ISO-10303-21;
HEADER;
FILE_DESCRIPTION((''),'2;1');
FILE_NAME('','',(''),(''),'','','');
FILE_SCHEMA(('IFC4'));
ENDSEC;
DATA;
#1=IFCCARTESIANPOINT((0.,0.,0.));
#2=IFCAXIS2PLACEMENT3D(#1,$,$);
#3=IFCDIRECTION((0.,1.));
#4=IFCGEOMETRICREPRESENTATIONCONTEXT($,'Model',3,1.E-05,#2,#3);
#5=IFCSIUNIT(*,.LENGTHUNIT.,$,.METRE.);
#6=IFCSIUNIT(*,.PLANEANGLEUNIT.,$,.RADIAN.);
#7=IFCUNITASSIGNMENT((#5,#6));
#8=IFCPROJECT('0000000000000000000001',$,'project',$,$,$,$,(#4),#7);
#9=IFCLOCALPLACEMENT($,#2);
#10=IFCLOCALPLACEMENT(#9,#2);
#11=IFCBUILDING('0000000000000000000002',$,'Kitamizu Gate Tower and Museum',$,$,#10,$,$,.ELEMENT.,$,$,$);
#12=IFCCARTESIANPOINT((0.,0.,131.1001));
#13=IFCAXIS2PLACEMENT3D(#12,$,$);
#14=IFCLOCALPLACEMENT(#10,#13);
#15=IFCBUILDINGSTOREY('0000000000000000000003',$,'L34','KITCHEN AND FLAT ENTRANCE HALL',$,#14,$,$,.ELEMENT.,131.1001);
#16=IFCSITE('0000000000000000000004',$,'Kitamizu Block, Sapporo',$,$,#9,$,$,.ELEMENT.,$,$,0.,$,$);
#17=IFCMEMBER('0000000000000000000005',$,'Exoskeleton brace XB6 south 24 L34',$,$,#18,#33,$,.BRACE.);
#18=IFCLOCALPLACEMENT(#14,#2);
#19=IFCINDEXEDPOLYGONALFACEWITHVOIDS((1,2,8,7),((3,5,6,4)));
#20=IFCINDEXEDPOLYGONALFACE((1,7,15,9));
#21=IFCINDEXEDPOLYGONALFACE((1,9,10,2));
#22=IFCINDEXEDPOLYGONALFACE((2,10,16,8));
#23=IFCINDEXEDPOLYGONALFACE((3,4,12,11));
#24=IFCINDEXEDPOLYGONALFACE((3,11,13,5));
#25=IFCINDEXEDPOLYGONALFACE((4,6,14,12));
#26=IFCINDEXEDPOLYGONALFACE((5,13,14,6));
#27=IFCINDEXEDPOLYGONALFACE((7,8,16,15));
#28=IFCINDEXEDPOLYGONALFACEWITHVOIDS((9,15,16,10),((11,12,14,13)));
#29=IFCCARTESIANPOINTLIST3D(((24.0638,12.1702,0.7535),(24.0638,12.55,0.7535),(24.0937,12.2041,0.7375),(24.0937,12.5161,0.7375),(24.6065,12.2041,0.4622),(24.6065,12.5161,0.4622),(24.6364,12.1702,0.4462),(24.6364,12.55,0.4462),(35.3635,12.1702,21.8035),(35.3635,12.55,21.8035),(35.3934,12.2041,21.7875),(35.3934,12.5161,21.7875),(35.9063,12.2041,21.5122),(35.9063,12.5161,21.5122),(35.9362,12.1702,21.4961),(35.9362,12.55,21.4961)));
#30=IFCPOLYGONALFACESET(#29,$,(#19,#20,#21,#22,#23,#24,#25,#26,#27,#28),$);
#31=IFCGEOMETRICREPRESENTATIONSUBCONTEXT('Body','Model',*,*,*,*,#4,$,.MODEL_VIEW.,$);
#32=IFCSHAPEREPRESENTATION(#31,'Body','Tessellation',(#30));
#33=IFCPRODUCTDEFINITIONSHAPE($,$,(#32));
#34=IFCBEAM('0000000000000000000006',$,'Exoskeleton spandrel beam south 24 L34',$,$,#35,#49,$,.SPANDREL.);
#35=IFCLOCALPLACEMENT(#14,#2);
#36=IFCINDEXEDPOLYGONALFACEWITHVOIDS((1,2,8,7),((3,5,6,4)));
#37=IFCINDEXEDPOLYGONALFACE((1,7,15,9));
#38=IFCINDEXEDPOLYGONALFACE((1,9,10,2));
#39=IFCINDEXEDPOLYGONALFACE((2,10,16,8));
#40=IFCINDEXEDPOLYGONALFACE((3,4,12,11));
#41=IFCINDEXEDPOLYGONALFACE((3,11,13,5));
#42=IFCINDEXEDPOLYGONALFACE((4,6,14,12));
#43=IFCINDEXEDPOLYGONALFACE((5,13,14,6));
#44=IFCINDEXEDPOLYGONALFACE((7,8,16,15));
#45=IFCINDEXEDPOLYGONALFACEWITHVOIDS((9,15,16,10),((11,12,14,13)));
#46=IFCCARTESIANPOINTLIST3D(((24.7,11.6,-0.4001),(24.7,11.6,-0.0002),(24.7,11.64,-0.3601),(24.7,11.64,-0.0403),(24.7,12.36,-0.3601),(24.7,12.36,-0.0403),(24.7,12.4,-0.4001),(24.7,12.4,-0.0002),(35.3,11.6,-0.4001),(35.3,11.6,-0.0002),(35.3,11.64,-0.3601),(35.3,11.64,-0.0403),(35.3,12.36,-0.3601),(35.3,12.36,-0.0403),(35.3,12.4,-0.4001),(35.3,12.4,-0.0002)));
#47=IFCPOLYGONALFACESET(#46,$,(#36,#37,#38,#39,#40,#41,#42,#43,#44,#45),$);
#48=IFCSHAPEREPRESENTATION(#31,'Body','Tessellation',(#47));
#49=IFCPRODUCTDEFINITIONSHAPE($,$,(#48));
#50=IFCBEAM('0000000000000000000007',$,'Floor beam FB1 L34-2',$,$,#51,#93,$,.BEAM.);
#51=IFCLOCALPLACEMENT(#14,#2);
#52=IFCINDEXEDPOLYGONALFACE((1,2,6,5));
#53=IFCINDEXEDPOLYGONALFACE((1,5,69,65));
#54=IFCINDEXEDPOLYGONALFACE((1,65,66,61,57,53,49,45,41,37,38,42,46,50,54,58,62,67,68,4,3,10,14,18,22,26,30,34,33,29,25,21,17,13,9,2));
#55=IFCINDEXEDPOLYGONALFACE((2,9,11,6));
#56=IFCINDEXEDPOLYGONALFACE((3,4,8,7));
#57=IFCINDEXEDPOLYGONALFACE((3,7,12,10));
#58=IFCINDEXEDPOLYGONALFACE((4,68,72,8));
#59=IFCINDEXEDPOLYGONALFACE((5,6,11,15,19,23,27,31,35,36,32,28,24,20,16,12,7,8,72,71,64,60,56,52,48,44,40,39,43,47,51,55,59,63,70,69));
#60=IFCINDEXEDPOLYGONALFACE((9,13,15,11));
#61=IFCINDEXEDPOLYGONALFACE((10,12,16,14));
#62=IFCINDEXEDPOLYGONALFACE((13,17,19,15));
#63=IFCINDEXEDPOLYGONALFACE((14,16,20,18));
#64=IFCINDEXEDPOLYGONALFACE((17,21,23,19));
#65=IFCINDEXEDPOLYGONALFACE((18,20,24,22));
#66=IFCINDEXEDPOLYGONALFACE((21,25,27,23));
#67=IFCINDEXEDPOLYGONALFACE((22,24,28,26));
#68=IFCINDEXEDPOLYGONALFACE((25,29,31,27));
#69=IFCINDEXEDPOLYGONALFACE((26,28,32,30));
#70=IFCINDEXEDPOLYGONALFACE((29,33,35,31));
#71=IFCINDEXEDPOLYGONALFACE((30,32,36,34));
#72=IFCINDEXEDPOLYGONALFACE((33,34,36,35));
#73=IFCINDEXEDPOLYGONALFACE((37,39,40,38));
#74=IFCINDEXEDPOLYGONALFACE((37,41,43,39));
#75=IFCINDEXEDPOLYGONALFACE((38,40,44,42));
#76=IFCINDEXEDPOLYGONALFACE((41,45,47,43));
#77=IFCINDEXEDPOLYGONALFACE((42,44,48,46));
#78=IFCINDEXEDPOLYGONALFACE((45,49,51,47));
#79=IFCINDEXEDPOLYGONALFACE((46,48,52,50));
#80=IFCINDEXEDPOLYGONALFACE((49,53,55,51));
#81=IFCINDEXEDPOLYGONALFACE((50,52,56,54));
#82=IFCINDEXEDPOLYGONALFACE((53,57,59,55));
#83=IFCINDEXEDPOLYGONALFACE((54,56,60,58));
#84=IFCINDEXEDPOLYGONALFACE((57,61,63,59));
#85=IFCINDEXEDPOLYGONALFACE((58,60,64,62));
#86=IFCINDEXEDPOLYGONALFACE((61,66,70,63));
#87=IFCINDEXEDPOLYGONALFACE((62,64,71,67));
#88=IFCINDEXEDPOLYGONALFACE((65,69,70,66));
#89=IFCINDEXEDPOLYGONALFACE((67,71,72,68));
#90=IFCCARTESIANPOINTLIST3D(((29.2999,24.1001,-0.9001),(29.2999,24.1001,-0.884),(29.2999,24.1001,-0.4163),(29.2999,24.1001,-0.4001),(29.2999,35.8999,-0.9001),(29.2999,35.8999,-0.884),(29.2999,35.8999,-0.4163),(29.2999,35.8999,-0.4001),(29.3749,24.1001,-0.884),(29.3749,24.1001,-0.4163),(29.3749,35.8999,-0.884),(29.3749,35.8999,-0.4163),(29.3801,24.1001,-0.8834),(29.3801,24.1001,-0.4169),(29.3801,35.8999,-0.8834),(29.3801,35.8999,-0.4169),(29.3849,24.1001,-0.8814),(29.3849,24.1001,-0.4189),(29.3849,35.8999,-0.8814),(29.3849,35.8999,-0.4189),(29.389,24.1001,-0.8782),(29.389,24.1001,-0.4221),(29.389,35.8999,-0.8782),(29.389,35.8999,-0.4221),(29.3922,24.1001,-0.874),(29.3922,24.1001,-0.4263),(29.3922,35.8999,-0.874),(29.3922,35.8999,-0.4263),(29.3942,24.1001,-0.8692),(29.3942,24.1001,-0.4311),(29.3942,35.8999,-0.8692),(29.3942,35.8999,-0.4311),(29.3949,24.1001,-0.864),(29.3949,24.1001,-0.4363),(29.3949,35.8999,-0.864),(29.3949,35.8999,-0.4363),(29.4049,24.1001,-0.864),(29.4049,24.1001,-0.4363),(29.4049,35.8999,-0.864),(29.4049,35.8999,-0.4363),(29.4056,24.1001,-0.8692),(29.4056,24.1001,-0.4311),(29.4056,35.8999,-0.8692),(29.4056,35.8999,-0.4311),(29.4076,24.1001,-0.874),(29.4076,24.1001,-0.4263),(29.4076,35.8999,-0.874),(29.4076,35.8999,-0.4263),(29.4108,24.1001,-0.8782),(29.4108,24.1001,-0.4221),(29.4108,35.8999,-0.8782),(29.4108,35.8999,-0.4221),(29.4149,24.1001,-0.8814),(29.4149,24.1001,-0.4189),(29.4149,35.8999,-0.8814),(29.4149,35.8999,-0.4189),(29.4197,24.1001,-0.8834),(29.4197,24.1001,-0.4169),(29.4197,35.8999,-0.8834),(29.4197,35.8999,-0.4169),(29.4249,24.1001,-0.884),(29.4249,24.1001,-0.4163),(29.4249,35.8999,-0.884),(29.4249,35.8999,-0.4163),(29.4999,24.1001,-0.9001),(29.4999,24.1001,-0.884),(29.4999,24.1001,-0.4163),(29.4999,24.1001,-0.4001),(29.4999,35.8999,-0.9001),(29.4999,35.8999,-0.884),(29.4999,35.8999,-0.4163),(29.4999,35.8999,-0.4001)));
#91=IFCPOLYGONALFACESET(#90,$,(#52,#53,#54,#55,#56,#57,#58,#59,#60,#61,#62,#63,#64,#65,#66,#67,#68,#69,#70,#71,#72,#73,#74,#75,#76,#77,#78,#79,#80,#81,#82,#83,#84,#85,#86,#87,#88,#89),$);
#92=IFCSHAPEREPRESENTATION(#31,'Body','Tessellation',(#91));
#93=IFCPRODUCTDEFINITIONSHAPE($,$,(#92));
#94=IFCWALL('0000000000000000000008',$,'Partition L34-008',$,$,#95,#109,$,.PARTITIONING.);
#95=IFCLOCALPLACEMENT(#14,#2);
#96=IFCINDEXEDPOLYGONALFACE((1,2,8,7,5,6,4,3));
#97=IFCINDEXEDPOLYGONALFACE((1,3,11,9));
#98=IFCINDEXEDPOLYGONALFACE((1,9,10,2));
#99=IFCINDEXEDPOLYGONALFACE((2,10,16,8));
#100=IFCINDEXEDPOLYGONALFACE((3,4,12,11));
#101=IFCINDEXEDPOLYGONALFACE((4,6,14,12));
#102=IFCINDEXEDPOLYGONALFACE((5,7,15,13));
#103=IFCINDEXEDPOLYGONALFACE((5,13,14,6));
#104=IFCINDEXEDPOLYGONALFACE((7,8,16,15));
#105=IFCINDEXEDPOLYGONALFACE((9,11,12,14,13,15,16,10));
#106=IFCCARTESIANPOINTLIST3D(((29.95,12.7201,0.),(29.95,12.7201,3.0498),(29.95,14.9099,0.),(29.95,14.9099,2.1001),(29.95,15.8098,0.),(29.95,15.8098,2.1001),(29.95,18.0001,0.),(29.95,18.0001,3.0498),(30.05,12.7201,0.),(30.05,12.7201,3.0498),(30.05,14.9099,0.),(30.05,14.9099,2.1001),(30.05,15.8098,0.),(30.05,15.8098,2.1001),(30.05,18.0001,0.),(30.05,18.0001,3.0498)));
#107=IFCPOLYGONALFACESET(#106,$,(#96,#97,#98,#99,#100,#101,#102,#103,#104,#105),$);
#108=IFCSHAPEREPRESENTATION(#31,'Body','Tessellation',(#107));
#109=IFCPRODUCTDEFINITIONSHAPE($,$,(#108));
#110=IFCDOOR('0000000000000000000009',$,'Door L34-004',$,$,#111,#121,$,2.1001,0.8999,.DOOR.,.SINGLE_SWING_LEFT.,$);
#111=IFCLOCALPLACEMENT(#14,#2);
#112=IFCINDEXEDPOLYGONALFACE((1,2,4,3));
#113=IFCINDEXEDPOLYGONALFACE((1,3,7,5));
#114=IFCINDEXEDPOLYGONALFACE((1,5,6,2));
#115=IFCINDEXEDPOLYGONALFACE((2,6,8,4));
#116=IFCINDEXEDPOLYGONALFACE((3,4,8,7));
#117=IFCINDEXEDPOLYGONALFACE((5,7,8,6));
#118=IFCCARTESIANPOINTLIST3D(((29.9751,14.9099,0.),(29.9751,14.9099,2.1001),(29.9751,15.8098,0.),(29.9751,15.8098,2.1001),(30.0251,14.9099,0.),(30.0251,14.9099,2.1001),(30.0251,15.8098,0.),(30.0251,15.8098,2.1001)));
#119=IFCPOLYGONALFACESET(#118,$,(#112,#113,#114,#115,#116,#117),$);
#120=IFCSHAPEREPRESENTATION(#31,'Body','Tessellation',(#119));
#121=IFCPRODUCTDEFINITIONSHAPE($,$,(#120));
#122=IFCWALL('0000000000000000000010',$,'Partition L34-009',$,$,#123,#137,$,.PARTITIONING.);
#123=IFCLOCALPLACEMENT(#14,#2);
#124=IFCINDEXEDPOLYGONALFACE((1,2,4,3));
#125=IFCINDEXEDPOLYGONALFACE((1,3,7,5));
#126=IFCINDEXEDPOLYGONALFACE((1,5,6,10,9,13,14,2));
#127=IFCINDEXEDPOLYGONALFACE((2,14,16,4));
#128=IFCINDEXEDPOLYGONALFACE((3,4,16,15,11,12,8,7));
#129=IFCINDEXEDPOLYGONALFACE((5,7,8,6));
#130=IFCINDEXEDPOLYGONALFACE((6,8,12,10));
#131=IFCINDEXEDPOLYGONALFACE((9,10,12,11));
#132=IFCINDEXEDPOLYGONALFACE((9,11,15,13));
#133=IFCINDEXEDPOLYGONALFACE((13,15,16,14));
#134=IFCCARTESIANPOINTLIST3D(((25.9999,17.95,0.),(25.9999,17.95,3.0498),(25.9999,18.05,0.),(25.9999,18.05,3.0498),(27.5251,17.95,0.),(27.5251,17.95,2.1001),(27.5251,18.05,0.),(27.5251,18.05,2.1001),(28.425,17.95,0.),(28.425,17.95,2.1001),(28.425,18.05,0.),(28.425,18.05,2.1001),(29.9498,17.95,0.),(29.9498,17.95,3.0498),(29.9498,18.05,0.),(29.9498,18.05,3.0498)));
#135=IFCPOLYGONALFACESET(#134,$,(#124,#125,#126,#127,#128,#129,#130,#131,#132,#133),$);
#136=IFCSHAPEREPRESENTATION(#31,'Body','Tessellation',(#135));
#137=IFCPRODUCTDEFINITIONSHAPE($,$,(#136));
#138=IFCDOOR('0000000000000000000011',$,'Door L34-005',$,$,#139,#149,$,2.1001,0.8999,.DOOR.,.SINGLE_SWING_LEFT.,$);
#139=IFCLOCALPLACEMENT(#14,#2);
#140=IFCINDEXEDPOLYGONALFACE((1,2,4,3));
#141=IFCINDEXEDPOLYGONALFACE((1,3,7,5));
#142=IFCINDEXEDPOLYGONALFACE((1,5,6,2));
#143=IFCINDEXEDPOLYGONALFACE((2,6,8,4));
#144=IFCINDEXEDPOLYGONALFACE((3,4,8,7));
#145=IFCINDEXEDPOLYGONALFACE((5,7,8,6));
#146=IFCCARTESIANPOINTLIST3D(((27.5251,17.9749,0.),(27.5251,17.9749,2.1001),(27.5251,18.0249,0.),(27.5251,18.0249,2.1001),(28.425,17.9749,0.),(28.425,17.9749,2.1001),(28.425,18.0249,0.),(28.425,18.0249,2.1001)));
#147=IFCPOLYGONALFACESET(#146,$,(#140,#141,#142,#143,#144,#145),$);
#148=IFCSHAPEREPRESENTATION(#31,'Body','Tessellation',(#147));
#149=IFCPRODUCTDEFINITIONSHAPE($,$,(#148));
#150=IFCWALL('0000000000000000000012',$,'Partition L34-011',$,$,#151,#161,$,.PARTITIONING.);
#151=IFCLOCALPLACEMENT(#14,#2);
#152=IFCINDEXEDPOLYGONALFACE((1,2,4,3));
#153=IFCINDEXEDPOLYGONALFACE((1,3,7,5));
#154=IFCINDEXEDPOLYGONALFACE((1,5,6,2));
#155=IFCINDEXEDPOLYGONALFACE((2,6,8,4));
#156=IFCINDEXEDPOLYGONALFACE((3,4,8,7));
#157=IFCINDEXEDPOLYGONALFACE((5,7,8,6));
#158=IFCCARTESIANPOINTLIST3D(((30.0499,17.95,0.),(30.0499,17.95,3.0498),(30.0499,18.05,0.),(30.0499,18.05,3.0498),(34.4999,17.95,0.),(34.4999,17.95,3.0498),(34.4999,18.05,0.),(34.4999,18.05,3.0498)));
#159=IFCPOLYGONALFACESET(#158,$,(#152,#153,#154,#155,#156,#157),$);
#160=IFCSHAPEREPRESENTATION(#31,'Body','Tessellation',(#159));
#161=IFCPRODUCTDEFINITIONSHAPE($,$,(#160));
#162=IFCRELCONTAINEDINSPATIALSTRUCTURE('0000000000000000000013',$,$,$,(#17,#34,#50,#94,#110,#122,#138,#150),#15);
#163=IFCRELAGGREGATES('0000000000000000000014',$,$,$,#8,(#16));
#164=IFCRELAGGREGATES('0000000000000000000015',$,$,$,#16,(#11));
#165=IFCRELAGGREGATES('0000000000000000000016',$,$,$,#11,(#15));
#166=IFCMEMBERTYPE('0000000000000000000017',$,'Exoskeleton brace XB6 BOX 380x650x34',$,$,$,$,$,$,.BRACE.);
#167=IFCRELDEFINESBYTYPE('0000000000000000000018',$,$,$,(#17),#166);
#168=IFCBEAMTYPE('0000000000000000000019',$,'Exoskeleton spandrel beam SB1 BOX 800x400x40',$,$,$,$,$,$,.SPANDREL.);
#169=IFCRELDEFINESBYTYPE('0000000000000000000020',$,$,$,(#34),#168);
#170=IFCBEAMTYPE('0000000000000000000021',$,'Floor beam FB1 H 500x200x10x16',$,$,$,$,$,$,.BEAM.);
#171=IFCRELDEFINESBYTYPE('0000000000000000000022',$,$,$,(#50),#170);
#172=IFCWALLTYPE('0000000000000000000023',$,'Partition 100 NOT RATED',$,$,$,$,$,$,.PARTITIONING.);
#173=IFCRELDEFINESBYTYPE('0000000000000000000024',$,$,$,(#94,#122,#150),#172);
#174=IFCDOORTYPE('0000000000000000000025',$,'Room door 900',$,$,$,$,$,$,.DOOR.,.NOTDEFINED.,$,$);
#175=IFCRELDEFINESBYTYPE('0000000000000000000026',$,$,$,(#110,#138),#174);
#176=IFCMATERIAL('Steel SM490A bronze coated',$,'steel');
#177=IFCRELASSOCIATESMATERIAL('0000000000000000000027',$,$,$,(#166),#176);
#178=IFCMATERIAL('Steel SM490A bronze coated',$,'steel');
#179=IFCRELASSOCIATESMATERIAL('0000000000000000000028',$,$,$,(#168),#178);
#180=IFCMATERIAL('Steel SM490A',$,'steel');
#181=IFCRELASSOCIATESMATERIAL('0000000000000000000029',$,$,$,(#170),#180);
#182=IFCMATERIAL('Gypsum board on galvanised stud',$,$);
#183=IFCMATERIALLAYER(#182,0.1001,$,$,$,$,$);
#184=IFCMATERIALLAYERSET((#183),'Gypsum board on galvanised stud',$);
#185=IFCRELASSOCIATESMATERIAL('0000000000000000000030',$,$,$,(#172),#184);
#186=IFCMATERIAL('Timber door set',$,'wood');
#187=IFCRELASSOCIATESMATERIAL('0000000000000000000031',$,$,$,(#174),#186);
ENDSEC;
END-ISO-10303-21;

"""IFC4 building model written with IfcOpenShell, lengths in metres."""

from ifc_helpers import new_model, si_unit, direction, frame, frame_2d, origin, origin_2d, place, context, subcontext, project, spatial, rectangle, hollow_rectangle, i_section, extrude, material, layer, layer_set, material_profile, profile_set, type_object, element, fill, save


model = new_model("IFC4")

# Units and contexts
model_context = context("Model", 3, precision=1e-05, world=origin(), true_north=direction((0.0, 1.0)))
body_context = subcontext(model_context, "Body", "Model", "MODEL_VIEW")
ifc_project = project(units=[si_unit("LENGTHUNIT", "METRE"), si_unit("PLANEANGLEUNIT", "RADIAN")], contexts=[model_context])

# Site, building, storey
site_placement = place(None, origin())
site = spatial("IfcSite", under=ifc_project, at=site_placement, Name="Kitamizu Block, Sapporo", CompositionType="ELEMENT", RefElevation=0.0)
building_placement = place(site_placement, origin())
building = spatial("IfcBuilding", under=site, at=building_placement, Name="Kitamizu Gate Tower and Museum", CompositionType="ELEMENT")
storey_placement = place(building_placement, frame((0.0, 0.0, 131.1001)))
storey = spatial("IfcBuildingStorey", under=building, at=storey_placement, Name="L34", Description="KITCHEN AND FLAT ENTRANCE HALL", CompositionType="ELEMENT", Elevation=131.1001)

# Member
ifc_material_1 = material(Name="Steel SM490A bronze coated", Category="steel")
ifc_material_profile_1 = material_profile(ifc_material_1, hollow_rectangle(XDim=0.3799, YDim=0.6499, WallThickness=0.0339, at=origin_2d()), Name="BOX 380x650x34")
ifc_profile_set_1 = profile_set([ifc_material_profile_1], Name="Steel SM490A bronze coated")
member_type = type_object("IfcMemberType", Name="Exoskeleton brace XB6 BOX 380x650x34", PredefinedType="BRACE", material=ifc_profile_set_1)
member_placement = place(storey_placement, frame((24.3501, 12.3601, 0.5999), z_axis=(0.472969, 0.0, 0.881079), x_axis=(0.0, 1.0, 0.0)))
element("IfcMember", 1, at=member_placement, inside=storey, type_object=member_type, Name="Exoskeleton brace XB6 south 24 L34", PredefinedType="BRACE", context=body_context, shape_type="SweptSolid", body=[
    extrude(hollow_rectangle(XDim=0.3799, YDim=0.6499, WallThickness=0.0339, at=origin_2d()), origin(), (0.0, 0.0, 1.0), 23.8911),
])

# Beams
ifc_material_2 = material(Name="Steel SM490A bronze coated", Category="steel")
ifc_material_profile_2 = material_profile(ifc_material_2, hollow_rectangle(XDim=0.8, YDim=0.3999, WallThickness=0.04, at=origin_2d()), Name="BOX 800x400x40")
ifc_profile_set_2 = profile_set([ifc_material_profile_2], Name="Steel SM490A bronze coated")
beam_type_1 = type_object("IfcBeamType", Name="Exoskeleton spandrel beam SB1 BOX 800x400x40", PredefinedType="SPANDREL", material=ifc_profile_set_2)
beam_1_placement = place(storey_placement, frame((24.7, 12.0, -0.2002), z_axis=(1.0, 0.0, 0.0), x_axis=(0.0, 1.0, 0.0)))
element("IfcBeam", 2, at=beam_1_placement, inside=storey, type_object=beam_type_1, Name="Exoskeleton spandrel beam south 24 L34", PredefinedType="SPANDREL", context=body_context, shape_type="SweptSolid", body=[
    extrude(hollow_rectangle(XDim=0.8, YDim=0.3999, WallThickness=0.04, at=origin_2d()), origin(), (0.0, 0.0, 1.0), 10.6001),
])
ifc_material_3 = material(Name="Steel SM490A", Category="steel")
ifc_material_profile_3 = material_profile(ifc_material_3, i_section(OverallWidth=0.2, OverallDepth=0.5, WebThickness=0.01, FlangeThickness=0.0161, FilletRadius=0.02, at=origin_2d()), Name="H-500x200x10x16")
ifc_profile_set_3 = profile_set([ifc_material_profile_3], Name="Steel SM490A")
beam_type_2 = type_object("IfcBeamType", Name="Floor beam FB1 H 500x200x10x16", PredefinedType="BEAM", material=ifc_profile_set_3)
beam_2_placement = place(storey_placement, frame((29.3999, 24.1001, -0.6501), z_axis=(0.0, 1.0, 0.0), x_axis=(-1.0, 0.0, 0.0)))
element("IfcBeam", 3, at=beam_2_placement, inside=storey, type_object=beam_type_2, Name="Floor beam FB1 L34-2", PredefinedType="BEAM", context=body_context, shape_type="SweptSolid", body=[
    extrude(i_section(OverallWidth=0.2, OverallDepth=0.5, WebThickness=0.01, FlangeThickness=0.0161, FilletRadius=0.02, at=origin_2d()), origin(), (0.0, 0.0, 1.0), 11.7998),
])

# Walls, openings, doors
ifc_material_4 = material(Name="Gypsum board on galvanised stud")
ifc_layer_1 = layer(ifc_material_4, 0.1001)
ifc_layer_set_1 = layer_set([ifc_layer_1], Name="Gypsum board on galvanised stud")
wall_type_1 = type_object("IfcWallType", Name="Partition 100 NOT RATED", PredefinedType="PARTITIONING", material=ifc_layer_set_1)
wall_1_placement = place(storey_placement, frame((30.0, 12.72, 0.0), z_axis=(0.0, 0.0, 1.0), x_axis=(0.0, 1.0, 0.0)))
wall_1 = element("IfcWall", 4, at=wall_1_placement, inside=storey, type_object=wall_type_1, Name="Partition L34-008", PredefinedType="PARTITIONING", context=body_context, shape_type="SweptSolid", body=[
    extrude(rectangle(XDim=5.28, YDim=0.1001, at=frame_2d((2.6401, 0.0))), origin(), (0.0, 0.0, 1.0), 3.0498),
])
opening_1_placement = place(wall_1_placement, frame((2.1899, 0.0, 0.0)))
opening_1 = element("IfcOpeningElement", 5, at=opening_1_placement, cuts=wall_1, PredefinedType="OPENING", context=body_context, shape_type="SweptSolid", body=[
    extrude(rectangle(XDim=0.8999, YDim=2.1001, at=frame_2d((0.45, 1.05))), frame((0.0, 0.0601, 0.0), z_axis=(0.0, -1.0, 0.0), x_axis=(1.0, 0.0, 0.0)), (0.0, 0.0, 1.0), 0.1201),
])
ifc_material_5 = material(Name="Timber door set", Category="wood")
door_type_1 = type_object("IfcDoorType", Name="Room door 900", OperationType="NOTDEFINED", PredefinedType="DOOR", material=ifc_material_5)
door_1_placement = place(opening_1_placement, origin())
door_1 = element("IfcDoor", 6, at=door_1_placement, inside=storey, type_object=door_type_1, Name="Door L34-004", OperationType="SINGLE_SWING_LEFT", OverallHeight=2.1001, OverallWidth=0.8999, PredefinedType="DOOR", context=body_context, shape_type="SweptSolid", body=[
    extrude(rectangle(XDim=0.8999, YDim=2.1001, at=frame_2d((0.45, 1.05))), frame((0.0, 0.0249, 0.0), z_axis=(0.0, -1.0, 0.0), x_axis=(1.0, 0.0, 0.0)), (0.0, 0.0, 1.0), 0.05),
])
fill(opening_1, door_1)
wall_2_placement = place(storey_placement, frame((29.95, 18.0, 0.0), z_axis=(0.0, 0.0, 1.0), x_axis=(-1.0, 0.0, 0.0)))
wall_2 = element("IfcWall", 7, at=wall_2_placement, inside=storey, type_object=wall_type_1, Name="Partition L34-009", PredefinedType="PARTITIONING", context=body_context, shape_type="SweptSolid", body=[
    extrude(rectangle(XDim=3.95, YDim=0.1001, at=frame_2d((1.9751, 0.0))), origin(), (0.0, 0.0, 1.0), 3.0498),
])
opening_2_placement = place(wall_2_placement, frame((1.5249, 0.0, 0.0)))
opening_2 = element("IfcOpeningElement", 8, at=opening_2_placement, cuts=wall_2, PredefinedType="OPENING", context=body_context, shape_type="SweptSolid", body=[
    extrude(rectangle(XDim=0.8999, YDim=2.1001, at=frame_2d((0.45, 1.05))), frame((0.0, 0.0601, 0.0), z_axis=(0.0, -1.0, 0.0), x_axis=(1.0, 0.0, 0.0)), (0.0, 0.0, 1.0), 0.1201),
])
door_2_placement = place(opening_2_placement, frame((0.8999, 0.0, 0.0), x_axis=(-1.0, 0.0, 0.0)))
door_2 = element("IfcDoor", 9, at=door_2_placement, inside=storey, type_object=door_type_1, Name="Door L34-005", OperationType="SINGLE_SWING_LEFT", OverallHeight=2.1001, OverallWidth=0.8999, PredefinedType="DOOR", context=body_context, shape_type="SweptSolid", body=[
    extrude(rectangle(XDim=0.8999, YDim=2.1001, at=frame_2d((0.45, 1.05))), frame((0.0, 0.0249, 0.0), z_axis=(0.0, -1.0, 0.0), x_axis=(1.0, 0.0, 0.0)), (0.0, 0.0, 1.0), 0.05),
])
fill(opening_2, door_2)

# Wall
wall_3_placement = place(storey_placement, frame((34.5, 18.0, 0.0), z_axis=(0.0, 0.0, 1.0), x_axis=(-1.0, 0.0, 0.0)))
element("IfcWall", 10, at=wall_3_placement, inside=storey, type_object=wall_type_1, Name="Partition L34-011", PredefinedType="PARTITIONING", context=body_context, shape_type="SweptSolid", body=[
    extrude(rectangle(XDim=4.45, YDim=0.1001, at=frame_2d((2.2251, 0.0))), origin(), (0.0, 0.0, 1.0), 3.0498),
])

save(model, "model.ifc")
